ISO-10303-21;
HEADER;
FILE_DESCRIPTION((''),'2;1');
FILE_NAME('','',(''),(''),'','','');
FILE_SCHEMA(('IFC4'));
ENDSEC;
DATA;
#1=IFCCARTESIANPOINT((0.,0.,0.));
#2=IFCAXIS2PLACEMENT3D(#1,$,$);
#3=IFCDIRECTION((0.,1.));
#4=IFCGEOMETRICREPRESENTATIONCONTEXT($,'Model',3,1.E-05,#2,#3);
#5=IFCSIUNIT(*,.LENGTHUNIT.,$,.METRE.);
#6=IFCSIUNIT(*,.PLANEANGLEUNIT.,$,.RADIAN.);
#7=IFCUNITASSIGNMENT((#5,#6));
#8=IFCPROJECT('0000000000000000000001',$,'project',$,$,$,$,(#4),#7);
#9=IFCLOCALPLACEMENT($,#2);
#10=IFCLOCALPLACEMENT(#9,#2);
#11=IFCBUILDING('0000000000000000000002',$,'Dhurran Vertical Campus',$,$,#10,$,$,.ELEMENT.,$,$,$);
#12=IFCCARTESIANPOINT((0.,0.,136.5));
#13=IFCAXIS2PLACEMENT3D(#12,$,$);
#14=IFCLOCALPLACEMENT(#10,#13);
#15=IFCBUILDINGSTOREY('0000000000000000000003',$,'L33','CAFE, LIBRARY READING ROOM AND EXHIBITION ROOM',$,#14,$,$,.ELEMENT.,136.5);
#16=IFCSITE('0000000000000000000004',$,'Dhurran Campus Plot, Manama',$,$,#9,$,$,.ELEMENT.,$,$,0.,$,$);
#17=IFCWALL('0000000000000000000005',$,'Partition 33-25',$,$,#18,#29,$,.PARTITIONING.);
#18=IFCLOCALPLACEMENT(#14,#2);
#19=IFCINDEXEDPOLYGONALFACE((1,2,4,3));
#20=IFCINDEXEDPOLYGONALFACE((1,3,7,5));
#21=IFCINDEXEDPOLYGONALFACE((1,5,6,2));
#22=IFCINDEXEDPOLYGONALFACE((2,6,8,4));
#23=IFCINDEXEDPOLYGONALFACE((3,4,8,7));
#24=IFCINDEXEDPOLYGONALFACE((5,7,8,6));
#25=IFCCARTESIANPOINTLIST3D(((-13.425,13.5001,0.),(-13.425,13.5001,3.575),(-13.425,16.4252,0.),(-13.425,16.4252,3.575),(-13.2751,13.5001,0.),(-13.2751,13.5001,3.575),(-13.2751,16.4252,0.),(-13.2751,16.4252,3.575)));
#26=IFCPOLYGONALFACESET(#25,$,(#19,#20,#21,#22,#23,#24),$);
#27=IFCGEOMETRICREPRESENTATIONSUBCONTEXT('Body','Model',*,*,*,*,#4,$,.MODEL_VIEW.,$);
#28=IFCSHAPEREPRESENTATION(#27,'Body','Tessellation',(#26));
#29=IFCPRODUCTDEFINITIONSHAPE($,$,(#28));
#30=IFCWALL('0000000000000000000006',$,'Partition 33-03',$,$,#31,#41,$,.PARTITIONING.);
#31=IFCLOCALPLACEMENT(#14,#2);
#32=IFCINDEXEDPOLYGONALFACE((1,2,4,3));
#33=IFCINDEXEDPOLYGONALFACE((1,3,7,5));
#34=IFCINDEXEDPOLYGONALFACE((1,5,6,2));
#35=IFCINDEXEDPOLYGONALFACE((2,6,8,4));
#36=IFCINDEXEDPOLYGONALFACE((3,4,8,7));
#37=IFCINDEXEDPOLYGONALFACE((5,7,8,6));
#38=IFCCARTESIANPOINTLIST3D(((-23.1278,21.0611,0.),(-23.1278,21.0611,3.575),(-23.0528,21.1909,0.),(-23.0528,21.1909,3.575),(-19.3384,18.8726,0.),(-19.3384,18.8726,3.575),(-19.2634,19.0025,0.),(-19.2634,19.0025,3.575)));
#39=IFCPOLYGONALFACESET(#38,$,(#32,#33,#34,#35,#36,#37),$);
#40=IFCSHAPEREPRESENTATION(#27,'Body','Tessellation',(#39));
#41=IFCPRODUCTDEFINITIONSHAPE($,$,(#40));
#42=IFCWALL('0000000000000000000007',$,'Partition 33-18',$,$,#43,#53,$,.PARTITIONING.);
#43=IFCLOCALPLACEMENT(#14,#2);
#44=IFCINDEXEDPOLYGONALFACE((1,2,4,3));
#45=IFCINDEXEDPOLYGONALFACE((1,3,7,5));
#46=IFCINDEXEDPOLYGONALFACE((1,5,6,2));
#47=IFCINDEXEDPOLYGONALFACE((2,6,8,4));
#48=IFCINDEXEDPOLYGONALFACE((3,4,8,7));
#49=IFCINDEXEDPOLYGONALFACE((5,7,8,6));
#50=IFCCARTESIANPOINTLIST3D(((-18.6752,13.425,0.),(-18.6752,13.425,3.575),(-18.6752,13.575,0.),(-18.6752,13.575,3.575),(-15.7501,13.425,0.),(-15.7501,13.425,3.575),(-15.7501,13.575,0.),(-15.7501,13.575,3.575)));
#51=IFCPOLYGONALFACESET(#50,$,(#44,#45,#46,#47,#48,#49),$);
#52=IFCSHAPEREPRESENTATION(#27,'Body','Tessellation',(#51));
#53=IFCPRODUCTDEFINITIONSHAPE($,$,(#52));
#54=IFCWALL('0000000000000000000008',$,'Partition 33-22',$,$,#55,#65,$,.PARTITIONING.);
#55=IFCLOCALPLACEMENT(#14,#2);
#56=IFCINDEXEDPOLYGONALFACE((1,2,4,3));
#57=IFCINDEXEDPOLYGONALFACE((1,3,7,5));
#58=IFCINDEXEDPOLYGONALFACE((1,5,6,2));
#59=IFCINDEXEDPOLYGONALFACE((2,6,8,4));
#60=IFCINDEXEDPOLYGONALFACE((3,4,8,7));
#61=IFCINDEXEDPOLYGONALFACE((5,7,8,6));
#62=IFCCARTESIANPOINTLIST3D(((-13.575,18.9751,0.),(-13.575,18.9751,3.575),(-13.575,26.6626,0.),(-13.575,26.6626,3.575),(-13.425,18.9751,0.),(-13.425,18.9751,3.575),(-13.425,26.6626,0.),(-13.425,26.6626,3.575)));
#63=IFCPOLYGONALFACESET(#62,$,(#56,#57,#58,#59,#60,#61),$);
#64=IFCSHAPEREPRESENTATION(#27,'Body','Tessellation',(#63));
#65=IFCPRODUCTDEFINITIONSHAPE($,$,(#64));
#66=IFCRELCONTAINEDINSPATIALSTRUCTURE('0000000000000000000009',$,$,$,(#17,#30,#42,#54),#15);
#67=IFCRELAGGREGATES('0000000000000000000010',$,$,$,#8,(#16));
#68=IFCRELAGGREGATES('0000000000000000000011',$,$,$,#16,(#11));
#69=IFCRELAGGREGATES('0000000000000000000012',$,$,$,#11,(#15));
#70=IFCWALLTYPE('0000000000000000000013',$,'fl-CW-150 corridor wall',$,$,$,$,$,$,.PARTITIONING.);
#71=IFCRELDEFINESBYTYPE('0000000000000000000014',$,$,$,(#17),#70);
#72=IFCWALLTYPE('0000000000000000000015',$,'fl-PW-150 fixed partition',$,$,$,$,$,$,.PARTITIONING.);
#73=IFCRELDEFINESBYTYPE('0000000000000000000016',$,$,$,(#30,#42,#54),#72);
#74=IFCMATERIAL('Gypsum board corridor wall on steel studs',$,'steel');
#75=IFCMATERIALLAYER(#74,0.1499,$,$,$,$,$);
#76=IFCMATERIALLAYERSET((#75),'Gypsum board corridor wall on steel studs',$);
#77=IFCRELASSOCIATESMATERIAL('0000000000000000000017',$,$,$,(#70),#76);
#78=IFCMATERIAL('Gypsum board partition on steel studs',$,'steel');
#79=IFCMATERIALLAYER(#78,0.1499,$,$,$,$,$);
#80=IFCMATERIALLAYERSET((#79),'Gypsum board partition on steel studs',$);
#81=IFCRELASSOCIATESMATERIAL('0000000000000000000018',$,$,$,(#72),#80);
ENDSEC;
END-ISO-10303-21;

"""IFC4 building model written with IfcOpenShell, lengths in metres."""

from ifc_helpers import new_model, si_unit, direction, frame, frame_2d, origin, place, context, subcontext, project, spatial, rectangle, extrude, material, layer, layer_set, type_object, element, save


model = new_model("IFC4")

# Units and contexts
model_context = context("Model", 3, precision=1e-05, world=origin(), true_north=direction((0.0, 1.0)))
body_context = subcontext(model_context, "Body", "Model", "MODEL_VIEW")
ifc_project = project(units=[si_unit("LENGTHUNIT", "METRE"), si_unit("PLANEANGLEUNIT", "RADIAN")], contexts=[model_context])

# Site, building, storey
site_placement = place(None, origin())
site = spatial("IfcSite", under=ifc_project, at=site_placement, Name="Dhurran Campus Plot, Manama", CompositionType="ELEMENT", RefElevation=0.0)
building_placement = place(site_placement, origin())
building = spatial("IfcBuilding", under=site, at=building_placement, Name="Dhurran Vertical Campus", CompositionType="ELEMENT")
storey_placement = place(building_placement, frame((0.0, 0.0, 136.5)))
storey = spatial("IfcBuildingStorey", under=building, at=storey_placement, Name="L33", Description="CAFE, LIBRARY READING ROOM AND EXHIBITION ROOM", CompositionType="ELEMENT", Elevation=136.5)

# Shared definitions
ifc_material_1 = material(Name="Gypsum board corridor wall on steel studs", Category="steel")
ifc_layer_1 = layer(ifc_material_1, 0.1499)
ifc_layer_set_1 = layer_set([ifc_layer_1], Name="Gypsum board corridor wall on steel studs")
wall_type_1 = type_object("IfcWallType", Name="fl-CW-150 corridor wall", PredefinedType="PARTITIONING", material=ifc_layer_set_1)

# Walls
wall_1_placement = place(storey_placement, frame((-13.3501, 16.425, 0.0), z_axis=(0.0, 0.0, 1.0), x_axis=(0.0, -1.0, 0.0)))
element("IfcWall", 1, at=wall_1_placement, inside=storey, type_object=wall_type_1, Name="Partition 33-25", PredefinedType="PARTITIONING", context=body_context, shape_type="SweptSolid", body=[
    extrude(rectangle(XDim=2.925, YDim=0.1499, at=frame_2d((1.4624, 0.0))), origin(), (0.0, 0.0, 1.0), 3.575),
])
ifc_material_2 = material(Name="Gypsum board partition on steel studs", Category="steel")
ifc_layer_2 = layer(ifc_material_2, 0.1499)
ifc_layer_set_2 = layer_set([ifc_layer_2], Name="Gypsum board partition on steel studs")
wall_type_2 = type_object("IfcWallType", Name="fl-PW-150 fixed partition", PredefinedType="PARTITIONING", material=ifc_layer_set_2)
wall_2_placement = place(storey_placement, frame((-23.0903, 21.126, 0.0), z_axis=(0.0, 0.0, 1.0), x_axis=(0.865968, -0.500099, 0.0)))
element("IfcWall", 2, at=wall_2_placement, inside=storey, type_object=wall_type_2, Name="Partition 33-03", PredefinedType="PARTITIONING", context=body_context, shape_type="SweptSolid", body=[
    extrude(rectangle(XDim=4.376, YDim=0.1499, at=frame_2d((2.188, 0.0))), origin(), (0.0, 0.0, 1.0), 3.575),
])
wall_3_placement = place(storey_placement, frame((-18.675, 13.5, 0.0), z_axis=(0.0, 0.0, 1.0), x_axis=(1.0, 0.0, 0.0)))
element("IfcWall", 3, at=wall_3_placement, inside=storey, type_object=wall_type_2, Name="Partition 33-18", PredefinedType="PARTITIONING", context=body_context, shape_type="SweptSolid", body=[
    extrude(rectangle(XDim=2.925, YDim=0.1499, at=frame_2d((1.4624, 0.0))), origin(), (0.0, 0.0, 1.0), 3.575),
])
wall_4_placement = place(storey_placement, frame((-13.5, 26.6626, 0.0), z_axis=(0.0, 0.0, 1.0), x_axis=(0.0, -1.0, 0.0)))
element("IfcWall", 4, at=wall_4_placement, inside=storey, type_object=wall_type_2, Name="Partition 33-22", PredefinedType="PARTITIONING", context=body_context, shape_type="SweptSolid", body=[
    extrude(rectangle(XDim=7.6875, YDim=0.1499, at=frame_2d((3.8438, 0.0))), origin(), (0.0, 0.0, 1.0), 3.575),
])

save(model, "model.ifc")
